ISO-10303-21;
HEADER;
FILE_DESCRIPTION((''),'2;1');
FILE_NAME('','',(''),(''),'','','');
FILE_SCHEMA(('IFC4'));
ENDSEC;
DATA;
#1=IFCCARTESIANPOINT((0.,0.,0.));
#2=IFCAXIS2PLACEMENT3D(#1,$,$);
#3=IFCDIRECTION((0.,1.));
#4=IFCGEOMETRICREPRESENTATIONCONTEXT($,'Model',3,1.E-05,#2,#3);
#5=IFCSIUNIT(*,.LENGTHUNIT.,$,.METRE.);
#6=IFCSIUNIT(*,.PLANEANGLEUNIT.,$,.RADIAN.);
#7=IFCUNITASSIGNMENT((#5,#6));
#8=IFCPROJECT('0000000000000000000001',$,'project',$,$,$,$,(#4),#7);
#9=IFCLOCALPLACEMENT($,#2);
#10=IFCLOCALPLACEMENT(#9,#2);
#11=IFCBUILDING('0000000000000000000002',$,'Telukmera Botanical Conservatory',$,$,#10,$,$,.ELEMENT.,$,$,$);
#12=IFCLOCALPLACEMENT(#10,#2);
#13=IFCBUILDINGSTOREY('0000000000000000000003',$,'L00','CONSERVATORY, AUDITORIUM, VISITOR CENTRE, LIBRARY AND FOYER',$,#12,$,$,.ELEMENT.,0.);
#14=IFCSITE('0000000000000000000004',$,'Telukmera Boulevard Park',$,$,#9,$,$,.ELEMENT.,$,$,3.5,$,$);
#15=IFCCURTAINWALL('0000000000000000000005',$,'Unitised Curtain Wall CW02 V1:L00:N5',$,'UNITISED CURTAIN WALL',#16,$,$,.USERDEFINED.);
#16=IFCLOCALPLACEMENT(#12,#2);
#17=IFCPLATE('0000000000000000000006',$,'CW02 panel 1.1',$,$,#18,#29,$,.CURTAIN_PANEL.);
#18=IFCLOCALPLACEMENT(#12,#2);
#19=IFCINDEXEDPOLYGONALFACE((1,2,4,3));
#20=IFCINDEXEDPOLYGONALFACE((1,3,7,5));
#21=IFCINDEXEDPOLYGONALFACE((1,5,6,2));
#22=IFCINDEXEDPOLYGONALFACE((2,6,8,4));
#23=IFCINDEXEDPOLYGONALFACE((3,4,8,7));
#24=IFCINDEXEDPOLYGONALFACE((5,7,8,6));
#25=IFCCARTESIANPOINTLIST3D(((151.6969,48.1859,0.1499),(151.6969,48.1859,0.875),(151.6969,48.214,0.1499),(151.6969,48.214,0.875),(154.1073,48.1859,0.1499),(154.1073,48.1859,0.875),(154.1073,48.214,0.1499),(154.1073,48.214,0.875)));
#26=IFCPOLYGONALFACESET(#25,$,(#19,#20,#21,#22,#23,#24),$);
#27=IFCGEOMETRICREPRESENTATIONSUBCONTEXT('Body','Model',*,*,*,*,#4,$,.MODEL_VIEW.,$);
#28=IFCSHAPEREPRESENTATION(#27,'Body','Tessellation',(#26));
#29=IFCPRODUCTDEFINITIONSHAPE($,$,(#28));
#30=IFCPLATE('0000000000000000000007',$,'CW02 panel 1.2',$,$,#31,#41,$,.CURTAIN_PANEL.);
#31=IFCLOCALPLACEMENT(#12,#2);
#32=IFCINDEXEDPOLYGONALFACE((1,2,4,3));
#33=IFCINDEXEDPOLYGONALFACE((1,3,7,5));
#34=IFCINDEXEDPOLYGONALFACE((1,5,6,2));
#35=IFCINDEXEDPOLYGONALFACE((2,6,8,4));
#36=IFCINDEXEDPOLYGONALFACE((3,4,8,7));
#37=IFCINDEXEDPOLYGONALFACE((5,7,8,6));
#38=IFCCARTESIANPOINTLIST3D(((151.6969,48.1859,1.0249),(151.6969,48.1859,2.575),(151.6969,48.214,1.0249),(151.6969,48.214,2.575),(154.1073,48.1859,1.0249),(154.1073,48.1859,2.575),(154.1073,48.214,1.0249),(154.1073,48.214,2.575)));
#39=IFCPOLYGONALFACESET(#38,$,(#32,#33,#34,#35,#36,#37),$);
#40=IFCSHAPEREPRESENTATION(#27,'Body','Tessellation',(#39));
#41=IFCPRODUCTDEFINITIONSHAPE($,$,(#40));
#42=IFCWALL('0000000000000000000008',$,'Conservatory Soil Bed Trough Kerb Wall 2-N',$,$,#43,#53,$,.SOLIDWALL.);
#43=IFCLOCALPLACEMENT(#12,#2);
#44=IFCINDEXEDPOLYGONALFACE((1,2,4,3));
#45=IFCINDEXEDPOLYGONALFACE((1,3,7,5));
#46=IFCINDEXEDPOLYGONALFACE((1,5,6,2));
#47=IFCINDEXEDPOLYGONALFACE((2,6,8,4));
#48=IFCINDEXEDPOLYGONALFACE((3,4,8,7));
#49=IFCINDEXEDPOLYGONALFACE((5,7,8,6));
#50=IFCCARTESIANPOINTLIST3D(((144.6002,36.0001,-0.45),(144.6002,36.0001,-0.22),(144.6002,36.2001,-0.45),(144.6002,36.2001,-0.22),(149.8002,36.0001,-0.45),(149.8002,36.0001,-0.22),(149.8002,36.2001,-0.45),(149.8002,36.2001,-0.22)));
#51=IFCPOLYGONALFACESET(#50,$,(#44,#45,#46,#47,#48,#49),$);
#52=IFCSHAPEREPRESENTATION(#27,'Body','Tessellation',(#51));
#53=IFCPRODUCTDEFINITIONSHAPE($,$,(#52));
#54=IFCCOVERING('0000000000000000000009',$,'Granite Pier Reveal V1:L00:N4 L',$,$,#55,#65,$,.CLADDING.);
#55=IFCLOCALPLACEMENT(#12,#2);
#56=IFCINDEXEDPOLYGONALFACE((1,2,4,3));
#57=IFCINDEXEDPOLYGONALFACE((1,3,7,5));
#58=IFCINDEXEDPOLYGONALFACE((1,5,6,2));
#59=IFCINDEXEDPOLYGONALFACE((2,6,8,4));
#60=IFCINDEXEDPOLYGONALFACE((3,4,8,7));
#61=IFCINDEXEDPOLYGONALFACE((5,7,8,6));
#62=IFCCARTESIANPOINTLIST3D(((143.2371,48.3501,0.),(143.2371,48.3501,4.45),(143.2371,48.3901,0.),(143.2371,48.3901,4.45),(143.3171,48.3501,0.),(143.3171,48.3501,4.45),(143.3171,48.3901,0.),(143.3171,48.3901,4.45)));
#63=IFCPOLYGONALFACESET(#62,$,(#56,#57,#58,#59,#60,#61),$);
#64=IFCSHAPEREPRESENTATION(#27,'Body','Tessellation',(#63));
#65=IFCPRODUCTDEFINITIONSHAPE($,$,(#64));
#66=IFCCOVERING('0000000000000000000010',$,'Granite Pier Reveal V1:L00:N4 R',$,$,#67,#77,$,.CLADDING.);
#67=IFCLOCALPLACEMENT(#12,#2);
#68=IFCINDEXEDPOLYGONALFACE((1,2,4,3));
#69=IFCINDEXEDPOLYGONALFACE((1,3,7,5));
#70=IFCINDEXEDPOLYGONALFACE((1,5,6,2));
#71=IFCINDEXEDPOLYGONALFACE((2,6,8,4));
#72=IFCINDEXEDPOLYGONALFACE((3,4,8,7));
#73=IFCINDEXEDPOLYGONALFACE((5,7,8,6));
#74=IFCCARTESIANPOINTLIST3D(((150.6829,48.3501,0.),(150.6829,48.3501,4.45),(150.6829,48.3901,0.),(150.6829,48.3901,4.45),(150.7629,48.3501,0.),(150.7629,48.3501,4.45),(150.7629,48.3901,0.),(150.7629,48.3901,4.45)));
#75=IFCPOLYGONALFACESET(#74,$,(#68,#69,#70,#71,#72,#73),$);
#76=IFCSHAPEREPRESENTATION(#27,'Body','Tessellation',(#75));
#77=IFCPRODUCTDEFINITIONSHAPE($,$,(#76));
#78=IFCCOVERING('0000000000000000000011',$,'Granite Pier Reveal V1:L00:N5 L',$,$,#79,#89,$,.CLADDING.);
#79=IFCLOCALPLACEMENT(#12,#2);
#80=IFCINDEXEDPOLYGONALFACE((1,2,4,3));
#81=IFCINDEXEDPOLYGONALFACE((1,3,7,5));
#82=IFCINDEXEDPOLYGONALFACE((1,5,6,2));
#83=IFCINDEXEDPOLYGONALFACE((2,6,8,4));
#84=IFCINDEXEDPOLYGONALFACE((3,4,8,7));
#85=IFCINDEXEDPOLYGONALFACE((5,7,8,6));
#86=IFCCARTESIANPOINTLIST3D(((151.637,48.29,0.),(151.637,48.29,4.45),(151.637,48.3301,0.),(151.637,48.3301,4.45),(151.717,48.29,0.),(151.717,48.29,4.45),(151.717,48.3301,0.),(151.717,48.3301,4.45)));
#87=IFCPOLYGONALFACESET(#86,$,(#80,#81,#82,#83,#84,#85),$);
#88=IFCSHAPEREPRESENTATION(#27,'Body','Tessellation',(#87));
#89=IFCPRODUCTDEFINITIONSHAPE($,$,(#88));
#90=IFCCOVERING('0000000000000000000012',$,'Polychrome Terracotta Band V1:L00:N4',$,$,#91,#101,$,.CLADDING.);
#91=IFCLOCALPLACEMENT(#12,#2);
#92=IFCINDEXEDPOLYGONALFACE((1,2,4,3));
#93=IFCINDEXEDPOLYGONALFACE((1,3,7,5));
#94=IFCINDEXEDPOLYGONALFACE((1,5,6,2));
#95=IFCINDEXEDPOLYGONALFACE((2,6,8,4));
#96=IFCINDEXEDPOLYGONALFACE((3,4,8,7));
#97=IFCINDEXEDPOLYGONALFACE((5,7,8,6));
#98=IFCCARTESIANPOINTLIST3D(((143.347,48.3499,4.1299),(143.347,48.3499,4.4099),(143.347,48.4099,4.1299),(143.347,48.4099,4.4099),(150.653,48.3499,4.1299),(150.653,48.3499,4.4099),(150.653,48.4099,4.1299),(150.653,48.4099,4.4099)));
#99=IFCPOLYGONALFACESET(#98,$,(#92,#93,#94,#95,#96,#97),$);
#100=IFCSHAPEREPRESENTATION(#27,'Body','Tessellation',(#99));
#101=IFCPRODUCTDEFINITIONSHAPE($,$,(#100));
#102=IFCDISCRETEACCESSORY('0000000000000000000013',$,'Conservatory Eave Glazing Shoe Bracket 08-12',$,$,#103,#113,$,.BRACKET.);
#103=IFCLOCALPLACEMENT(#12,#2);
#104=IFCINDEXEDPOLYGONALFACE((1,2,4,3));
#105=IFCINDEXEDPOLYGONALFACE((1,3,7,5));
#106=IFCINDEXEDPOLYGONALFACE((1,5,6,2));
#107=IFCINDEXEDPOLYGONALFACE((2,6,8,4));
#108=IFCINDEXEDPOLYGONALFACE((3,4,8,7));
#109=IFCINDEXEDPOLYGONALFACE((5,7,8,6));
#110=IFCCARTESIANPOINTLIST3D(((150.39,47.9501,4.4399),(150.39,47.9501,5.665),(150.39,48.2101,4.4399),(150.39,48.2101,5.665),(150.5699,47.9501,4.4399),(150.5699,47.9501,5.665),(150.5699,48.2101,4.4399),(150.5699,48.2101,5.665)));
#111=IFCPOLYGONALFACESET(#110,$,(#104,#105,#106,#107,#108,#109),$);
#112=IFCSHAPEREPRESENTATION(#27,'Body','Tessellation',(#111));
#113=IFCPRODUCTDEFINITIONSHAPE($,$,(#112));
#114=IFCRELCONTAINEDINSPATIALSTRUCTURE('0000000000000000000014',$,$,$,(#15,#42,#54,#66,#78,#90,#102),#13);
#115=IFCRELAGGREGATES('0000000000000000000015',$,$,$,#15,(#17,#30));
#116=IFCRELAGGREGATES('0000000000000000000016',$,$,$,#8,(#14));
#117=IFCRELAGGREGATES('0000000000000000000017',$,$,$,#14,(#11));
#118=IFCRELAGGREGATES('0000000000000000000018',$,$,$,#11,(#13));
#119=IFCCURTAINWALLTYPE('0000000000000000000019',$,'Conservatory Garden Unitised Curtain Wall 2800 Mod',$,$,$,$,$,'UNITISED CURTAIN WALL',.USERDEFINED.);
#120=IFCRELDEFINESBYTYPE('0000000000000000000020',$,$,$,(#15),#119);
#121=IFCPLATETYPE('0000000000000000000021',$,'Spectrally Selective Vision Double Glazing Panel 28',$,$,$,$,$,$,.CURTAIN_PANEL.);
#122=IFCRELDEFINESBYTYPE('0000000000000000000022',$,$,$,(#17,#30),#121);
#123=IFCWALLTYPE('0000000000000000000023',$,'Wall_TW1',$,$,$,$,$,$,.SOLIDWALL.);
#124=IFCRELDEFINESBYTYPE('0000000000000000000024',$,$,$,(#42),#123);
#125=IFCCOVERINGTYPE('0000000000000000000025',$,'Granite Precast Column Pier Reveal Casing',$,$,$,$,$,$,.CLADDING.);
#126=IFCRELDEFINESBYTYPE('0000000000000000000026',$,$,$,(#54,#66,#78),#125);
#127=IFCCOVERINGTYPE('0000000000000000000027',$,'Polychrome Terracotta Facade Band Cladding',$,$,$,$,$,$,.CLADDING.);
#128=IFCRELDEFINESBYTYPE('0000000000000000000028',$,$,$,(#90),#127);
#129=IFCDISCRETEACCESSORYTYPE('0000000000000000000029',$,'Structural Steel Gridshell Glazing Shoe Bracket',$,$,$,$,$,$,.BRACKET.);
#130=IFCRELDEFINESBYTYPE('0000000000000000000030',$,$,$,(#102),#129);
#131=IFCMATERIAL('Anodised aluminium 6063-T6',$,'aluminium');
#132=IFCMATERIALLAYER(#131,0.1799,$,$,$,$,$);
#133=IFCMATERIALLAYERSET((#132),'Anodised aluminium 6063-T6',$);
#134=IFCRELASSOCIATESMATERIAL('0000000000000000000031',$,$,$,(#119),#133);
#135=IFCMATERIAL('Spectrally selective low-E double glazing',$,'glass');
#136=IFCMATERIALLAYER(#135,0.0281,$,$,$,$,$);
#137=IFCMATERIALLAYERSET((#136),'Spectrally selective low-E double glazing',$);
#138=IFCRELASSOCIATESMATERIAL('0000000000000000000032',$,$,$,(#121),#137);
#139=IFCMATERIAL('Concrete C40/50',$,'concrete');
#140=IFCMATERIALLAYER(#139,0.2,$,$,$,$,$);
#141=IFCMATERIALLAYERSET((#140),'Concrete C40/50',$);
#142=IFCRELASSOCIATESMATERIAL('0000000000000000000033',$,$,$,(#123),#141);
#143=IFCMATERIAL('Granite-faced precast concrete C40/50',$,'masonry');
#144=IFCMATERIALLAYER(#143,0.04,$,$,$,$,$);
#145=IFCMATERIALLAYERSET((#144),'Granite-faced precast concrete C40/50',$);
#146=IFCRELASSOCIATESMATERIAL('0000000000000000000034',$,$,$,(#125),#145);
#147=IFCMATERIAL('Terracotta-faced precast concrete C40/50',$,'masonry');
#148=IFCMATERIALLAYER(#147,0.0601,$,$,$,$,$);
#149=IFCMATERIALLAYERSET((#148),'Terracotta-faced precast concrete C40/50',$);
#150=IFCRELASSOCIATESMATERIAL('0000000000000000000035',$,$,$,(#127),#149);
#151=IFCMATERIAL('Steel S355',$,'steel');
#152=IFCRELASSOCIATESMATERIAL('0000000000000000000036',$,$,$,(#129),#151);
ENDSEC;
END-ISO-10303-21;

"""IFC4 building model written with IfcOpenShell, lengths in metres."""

from ifc_helpers import new_model, si_unit, direction, frame, frame_2d, origin, origin_2d, place, context, subcontext, project, spatial, rectangle, extrude, material, layer, layer_set, type_object, element, aggregate, save


model = new_model("IFC4")

# Units and contexts
model_context = context("Model", 3, precision=1e-05, world=origin(), true_north=direction((0.0, 1.0)))
body_context = subcontext(model_context, "Body", "Model", "MODEL_VIEW")
ifc_project = project(units=[si_unit("LENGTHUNIT", "METRE"), si_unit("PLANEANGLEUNIT", "RADIAN")], contexts=[model_context])

# Site, building, storey
site_placement = place(None, origin())
site = spatial("IfcSite", under=ifc_project, at=site_placement, Name="Telukmera Boulevard Park", CompositionType="ELEMENT", RefElevation=3.5)
building_placement = place(site_placement, origin())
building = spatial("IfcBuilding", under=site, at=building_placement, Name="Telukmera Botanical Conservatory", CompositionType="ELEMENT")
storey_placement = place(building_placement, origin())
storey = spatial("IfcBuildingStorey", under=building, at=storey_placement, Name="L00", Description="CONSERVATORY, AUDITORIUM, VISITOR CENTRE, LIBRARY AND FOYER", CompositionType="ELEMENT", Elevation=0.0)

# Shared definitions
ifc_material_1 = material(Name="Steel S355", Category="steel")

# Shared definitions
ifc_material_2 = material(Name="Concrete C40/50", Category="concrete")

# Curtain wall
ifc_material_3 = material(Name="Anodised aluminium 6063-T6", Category="aluminium")
ifc_layer_1 = layer(ifc_material_3, 0.1799)
ifc_layer_set_1 = layer_set([ifc_layer_1], Name="Anodised aluminium 6063-T6")
curtain_wall_type = type_object("IfcCurtainWallType", Name="Conservatory Garden Unitised Curtain Wall 2800 Mod", ElementType="UNITISED CURTAIN WALL", PredefinedType="USERDEFINED", material=ifc_layer_set_1)
curtain_wall_placement = place(storey_placement, origin())
curtain_wall = element("IfcCurtainWall", 1, at=curtain_wall_placement, inside=storey, type_object=curtain_wall_type, Name="Unitised Curtain Wall CW02 V1:L00:N5", ObjectType="UNITISED CURTAIN WALL", PredefinedType="USERDEFINED")

# Plates
ifc_material_4 = material(Name="Spectrally selective low-E double glazing", Category="glass")
ifc_layer_2 = layer(ifc_material_4, 0.0281)
ifc_layer_set_2 = layer_set([ifc_layer_2], Name="Spectrally selective low-E double glazing")
plate_type_1 = type_object("IfcPlateType", Name="Spectrally Selective Vision Double Glazing Panel 28", PredefinedType="CURTAIN_PANEL", material=ifc_layer_set_2)
plate_1_placement = place(storey_placement, frame((152.9021, 48.2, 0.1499), z_axis=(0.0, 0.0, 1.0), x_axis=(1.0, 0.0, 0.0)))
plate_1 = element("IfcPlate", 2, at=plate_1_placement, type_object=plate_type_1, Name="CW02 panel 1.1", PredefinedType="CURTAIN_PANEL", context=body_context, shape_type="SweptSolid", body=[
    extrude(rectangle(XDim=2.4104, YDim=0.0281, at=origin_2d()), origin(), (0.0, 0.0, 1.0), 0.7251),
])
plate_2_placement = place(storey_placement, frame((152.9021, 48.2, 1.0249), z_axis=(0.0, 0.0, 1.0), x_axis=(1.0, 0.0, 0.0)))
plate_2 = element("IfcPlate", 3, at=plate_2_placement, type_object=plate_type_1, Name="CW02 panel 1.2", PredefinedType="CURTAIN_PANEL", context=body_context, shape_type="SweptSolid", body=[
    extrude(rectangle(XDim=2.4104, YDim=0.0281, at=origin_2d()), origin(), (0.0, 0.0, 1.0), 1.55),
])
aggregate(curtain_wall, [plate_1, plate_2])

# Shared definitions
ifc_material_5 = material(Name="Terracotta-faced precast concrete C40/50", Category="masonry")

# Wall
ifc_layer_3 = layer(ifc_material_2, 0.2)
ifc_layer_set_3 = layer_set([ifc_layer_3], Name="Concrete C40/50")
wall_type_1 = type_object("IfcWallType", Name="Wall_TW1", PredefinedType="SOLIDWALL", material=ifc_layer_set_3)
wall_1_placement = place(storey_placement, frame((144.6001, 36.1001, -0.45), z_axis=(0.0, 0.0, 1.0), x_axis=(1.0, 0.0, 0.0)))
element("IfcWall", 4, at=wall_1_placement, inside=storey, type_object=wall_type_1, Name="Conservatory Soil Bed Trough Kerb Wall 2-N", PredefinedType="SOLIDWALL", context=body_context, shape_type="SweptSolid", body=[
    extrude(rectangle(XDim=5.2, YDim=0.2, at=frame_2d((2.6001, 0.0))), origin(), (0.0, 0.0, 1.0), 0.23),
])

# Coverings
ifc_material_6 = material(Name="Granite-faced precast concrete C40/50", Category="masonry")
ifc_layer_4 = layer(ifc_material_6, 0.04)
ifc_layer_set_4 = layer_set([ifc_layer_4], Name="Granite-faced precast concrete C40/50")
covering_type_1 = type_object("IfcCoveringType", Name="Granite Precast Column Pier Reveal Casing", PredefinedType="CLADDING", material=ifc_layer_set_4)
for number, where, z_axis, x_axis, name in (
    (5, (143.2771, 48.3701, 0.0), (0.0, 0.0, 1.0), (1.0, 0.0, 0.0), "Granite Pier Reveal V1:L00:N4 L"),
    (6, (150.7229, 48.3701, 0.0), (0.0, 0.0, 1.0), (1.0, 0.0, 0.0), "Granite Pier Reveal V1:L00:N4 R"),
    (7, (151.677, 48.3101, 0.0), (0.0, 0.0, 1.0), (1.0, 0.0, 0.0), "Granite Pier Reveal V1:L00:N5 L"),
):
    element("IfcCovering", number, at=place(storey_placement, frame(where, z_axis=z_axis, x_axis=x_axis)), inside=storey, type_object=covering_type_1, Name=name, PredefinedType="CLADDING", context=body_context, shape_type="SweptSolid", body=[
        extrude(rectangle(XDim=0.0801, YDim=0.04, at=origin_2d()), origin(), (0.0, 0.0, 1.0), 4.45),
    ])
ifc_layer_5 = layer(ifc_material_5, 0.0601)
ifc_layer_set_5 = layer_set([ifc_layer_5], Name="Terracotta-faced precast concrete C40/50")
covering_type_2 = type_object("IfcCoveringType", Name="Polychrome Terracotta Facade Band Cladding", PredefinedType="CLADDING", material=ifc_layer_set_5)
covering_placement = place(storey_placement, frame((147.0, 48.3799, 4.1299), z_axis=(0.0, 0.0, 1.0), x_axis=(1.0, 0.0, 0.0)))
element("IfcCovering", 8, at=covering_placement, inside=storey, type_object=covering_type_2, Name="Polychrome Terracotta Band V1:L00:N4", PredefinedType="CLADDING", context=body_context, shape_type="SweptSolid", body=[
    extrude(rectangle(XDim=7.3059, YDim=0.0601, at=origin_2d()), origin(), (0.0, 0.0, 1.0), 0.28),
])

# Discrete accessory
discrete_accessory_type = type_object("IfcDiscreteAccessoryType", Name="Structural Steel Gridshell Glazing Shoe Bracket", PredefinedType="BRACKET", material=ifc_material_1)
discrete_accessory_placement = place(storey_placement, frame((150.48, 48.0801, 4.4399), z_axis=(0.0, 0.0, 1.0), x_axis=(1.0, 0.0, 0.0)))
element("IfcDiscreteAccessory", 9, at=discrete_accessory_placement, inside=storey, type_object=discrete_accessory_type, Name="Conservatory Eave Glazing Shoe Bracket 08-12", PredefinedType="BRACKET", context=body_context, shape_type="SweptSolid", body=[
    extrude(rectangle(XDim=0.1799, YDim=0.26, at=origin_2d()), origin(), (0.0, 0.0, 1.0), 1.2251),
])

save(model, "model.ifc")
